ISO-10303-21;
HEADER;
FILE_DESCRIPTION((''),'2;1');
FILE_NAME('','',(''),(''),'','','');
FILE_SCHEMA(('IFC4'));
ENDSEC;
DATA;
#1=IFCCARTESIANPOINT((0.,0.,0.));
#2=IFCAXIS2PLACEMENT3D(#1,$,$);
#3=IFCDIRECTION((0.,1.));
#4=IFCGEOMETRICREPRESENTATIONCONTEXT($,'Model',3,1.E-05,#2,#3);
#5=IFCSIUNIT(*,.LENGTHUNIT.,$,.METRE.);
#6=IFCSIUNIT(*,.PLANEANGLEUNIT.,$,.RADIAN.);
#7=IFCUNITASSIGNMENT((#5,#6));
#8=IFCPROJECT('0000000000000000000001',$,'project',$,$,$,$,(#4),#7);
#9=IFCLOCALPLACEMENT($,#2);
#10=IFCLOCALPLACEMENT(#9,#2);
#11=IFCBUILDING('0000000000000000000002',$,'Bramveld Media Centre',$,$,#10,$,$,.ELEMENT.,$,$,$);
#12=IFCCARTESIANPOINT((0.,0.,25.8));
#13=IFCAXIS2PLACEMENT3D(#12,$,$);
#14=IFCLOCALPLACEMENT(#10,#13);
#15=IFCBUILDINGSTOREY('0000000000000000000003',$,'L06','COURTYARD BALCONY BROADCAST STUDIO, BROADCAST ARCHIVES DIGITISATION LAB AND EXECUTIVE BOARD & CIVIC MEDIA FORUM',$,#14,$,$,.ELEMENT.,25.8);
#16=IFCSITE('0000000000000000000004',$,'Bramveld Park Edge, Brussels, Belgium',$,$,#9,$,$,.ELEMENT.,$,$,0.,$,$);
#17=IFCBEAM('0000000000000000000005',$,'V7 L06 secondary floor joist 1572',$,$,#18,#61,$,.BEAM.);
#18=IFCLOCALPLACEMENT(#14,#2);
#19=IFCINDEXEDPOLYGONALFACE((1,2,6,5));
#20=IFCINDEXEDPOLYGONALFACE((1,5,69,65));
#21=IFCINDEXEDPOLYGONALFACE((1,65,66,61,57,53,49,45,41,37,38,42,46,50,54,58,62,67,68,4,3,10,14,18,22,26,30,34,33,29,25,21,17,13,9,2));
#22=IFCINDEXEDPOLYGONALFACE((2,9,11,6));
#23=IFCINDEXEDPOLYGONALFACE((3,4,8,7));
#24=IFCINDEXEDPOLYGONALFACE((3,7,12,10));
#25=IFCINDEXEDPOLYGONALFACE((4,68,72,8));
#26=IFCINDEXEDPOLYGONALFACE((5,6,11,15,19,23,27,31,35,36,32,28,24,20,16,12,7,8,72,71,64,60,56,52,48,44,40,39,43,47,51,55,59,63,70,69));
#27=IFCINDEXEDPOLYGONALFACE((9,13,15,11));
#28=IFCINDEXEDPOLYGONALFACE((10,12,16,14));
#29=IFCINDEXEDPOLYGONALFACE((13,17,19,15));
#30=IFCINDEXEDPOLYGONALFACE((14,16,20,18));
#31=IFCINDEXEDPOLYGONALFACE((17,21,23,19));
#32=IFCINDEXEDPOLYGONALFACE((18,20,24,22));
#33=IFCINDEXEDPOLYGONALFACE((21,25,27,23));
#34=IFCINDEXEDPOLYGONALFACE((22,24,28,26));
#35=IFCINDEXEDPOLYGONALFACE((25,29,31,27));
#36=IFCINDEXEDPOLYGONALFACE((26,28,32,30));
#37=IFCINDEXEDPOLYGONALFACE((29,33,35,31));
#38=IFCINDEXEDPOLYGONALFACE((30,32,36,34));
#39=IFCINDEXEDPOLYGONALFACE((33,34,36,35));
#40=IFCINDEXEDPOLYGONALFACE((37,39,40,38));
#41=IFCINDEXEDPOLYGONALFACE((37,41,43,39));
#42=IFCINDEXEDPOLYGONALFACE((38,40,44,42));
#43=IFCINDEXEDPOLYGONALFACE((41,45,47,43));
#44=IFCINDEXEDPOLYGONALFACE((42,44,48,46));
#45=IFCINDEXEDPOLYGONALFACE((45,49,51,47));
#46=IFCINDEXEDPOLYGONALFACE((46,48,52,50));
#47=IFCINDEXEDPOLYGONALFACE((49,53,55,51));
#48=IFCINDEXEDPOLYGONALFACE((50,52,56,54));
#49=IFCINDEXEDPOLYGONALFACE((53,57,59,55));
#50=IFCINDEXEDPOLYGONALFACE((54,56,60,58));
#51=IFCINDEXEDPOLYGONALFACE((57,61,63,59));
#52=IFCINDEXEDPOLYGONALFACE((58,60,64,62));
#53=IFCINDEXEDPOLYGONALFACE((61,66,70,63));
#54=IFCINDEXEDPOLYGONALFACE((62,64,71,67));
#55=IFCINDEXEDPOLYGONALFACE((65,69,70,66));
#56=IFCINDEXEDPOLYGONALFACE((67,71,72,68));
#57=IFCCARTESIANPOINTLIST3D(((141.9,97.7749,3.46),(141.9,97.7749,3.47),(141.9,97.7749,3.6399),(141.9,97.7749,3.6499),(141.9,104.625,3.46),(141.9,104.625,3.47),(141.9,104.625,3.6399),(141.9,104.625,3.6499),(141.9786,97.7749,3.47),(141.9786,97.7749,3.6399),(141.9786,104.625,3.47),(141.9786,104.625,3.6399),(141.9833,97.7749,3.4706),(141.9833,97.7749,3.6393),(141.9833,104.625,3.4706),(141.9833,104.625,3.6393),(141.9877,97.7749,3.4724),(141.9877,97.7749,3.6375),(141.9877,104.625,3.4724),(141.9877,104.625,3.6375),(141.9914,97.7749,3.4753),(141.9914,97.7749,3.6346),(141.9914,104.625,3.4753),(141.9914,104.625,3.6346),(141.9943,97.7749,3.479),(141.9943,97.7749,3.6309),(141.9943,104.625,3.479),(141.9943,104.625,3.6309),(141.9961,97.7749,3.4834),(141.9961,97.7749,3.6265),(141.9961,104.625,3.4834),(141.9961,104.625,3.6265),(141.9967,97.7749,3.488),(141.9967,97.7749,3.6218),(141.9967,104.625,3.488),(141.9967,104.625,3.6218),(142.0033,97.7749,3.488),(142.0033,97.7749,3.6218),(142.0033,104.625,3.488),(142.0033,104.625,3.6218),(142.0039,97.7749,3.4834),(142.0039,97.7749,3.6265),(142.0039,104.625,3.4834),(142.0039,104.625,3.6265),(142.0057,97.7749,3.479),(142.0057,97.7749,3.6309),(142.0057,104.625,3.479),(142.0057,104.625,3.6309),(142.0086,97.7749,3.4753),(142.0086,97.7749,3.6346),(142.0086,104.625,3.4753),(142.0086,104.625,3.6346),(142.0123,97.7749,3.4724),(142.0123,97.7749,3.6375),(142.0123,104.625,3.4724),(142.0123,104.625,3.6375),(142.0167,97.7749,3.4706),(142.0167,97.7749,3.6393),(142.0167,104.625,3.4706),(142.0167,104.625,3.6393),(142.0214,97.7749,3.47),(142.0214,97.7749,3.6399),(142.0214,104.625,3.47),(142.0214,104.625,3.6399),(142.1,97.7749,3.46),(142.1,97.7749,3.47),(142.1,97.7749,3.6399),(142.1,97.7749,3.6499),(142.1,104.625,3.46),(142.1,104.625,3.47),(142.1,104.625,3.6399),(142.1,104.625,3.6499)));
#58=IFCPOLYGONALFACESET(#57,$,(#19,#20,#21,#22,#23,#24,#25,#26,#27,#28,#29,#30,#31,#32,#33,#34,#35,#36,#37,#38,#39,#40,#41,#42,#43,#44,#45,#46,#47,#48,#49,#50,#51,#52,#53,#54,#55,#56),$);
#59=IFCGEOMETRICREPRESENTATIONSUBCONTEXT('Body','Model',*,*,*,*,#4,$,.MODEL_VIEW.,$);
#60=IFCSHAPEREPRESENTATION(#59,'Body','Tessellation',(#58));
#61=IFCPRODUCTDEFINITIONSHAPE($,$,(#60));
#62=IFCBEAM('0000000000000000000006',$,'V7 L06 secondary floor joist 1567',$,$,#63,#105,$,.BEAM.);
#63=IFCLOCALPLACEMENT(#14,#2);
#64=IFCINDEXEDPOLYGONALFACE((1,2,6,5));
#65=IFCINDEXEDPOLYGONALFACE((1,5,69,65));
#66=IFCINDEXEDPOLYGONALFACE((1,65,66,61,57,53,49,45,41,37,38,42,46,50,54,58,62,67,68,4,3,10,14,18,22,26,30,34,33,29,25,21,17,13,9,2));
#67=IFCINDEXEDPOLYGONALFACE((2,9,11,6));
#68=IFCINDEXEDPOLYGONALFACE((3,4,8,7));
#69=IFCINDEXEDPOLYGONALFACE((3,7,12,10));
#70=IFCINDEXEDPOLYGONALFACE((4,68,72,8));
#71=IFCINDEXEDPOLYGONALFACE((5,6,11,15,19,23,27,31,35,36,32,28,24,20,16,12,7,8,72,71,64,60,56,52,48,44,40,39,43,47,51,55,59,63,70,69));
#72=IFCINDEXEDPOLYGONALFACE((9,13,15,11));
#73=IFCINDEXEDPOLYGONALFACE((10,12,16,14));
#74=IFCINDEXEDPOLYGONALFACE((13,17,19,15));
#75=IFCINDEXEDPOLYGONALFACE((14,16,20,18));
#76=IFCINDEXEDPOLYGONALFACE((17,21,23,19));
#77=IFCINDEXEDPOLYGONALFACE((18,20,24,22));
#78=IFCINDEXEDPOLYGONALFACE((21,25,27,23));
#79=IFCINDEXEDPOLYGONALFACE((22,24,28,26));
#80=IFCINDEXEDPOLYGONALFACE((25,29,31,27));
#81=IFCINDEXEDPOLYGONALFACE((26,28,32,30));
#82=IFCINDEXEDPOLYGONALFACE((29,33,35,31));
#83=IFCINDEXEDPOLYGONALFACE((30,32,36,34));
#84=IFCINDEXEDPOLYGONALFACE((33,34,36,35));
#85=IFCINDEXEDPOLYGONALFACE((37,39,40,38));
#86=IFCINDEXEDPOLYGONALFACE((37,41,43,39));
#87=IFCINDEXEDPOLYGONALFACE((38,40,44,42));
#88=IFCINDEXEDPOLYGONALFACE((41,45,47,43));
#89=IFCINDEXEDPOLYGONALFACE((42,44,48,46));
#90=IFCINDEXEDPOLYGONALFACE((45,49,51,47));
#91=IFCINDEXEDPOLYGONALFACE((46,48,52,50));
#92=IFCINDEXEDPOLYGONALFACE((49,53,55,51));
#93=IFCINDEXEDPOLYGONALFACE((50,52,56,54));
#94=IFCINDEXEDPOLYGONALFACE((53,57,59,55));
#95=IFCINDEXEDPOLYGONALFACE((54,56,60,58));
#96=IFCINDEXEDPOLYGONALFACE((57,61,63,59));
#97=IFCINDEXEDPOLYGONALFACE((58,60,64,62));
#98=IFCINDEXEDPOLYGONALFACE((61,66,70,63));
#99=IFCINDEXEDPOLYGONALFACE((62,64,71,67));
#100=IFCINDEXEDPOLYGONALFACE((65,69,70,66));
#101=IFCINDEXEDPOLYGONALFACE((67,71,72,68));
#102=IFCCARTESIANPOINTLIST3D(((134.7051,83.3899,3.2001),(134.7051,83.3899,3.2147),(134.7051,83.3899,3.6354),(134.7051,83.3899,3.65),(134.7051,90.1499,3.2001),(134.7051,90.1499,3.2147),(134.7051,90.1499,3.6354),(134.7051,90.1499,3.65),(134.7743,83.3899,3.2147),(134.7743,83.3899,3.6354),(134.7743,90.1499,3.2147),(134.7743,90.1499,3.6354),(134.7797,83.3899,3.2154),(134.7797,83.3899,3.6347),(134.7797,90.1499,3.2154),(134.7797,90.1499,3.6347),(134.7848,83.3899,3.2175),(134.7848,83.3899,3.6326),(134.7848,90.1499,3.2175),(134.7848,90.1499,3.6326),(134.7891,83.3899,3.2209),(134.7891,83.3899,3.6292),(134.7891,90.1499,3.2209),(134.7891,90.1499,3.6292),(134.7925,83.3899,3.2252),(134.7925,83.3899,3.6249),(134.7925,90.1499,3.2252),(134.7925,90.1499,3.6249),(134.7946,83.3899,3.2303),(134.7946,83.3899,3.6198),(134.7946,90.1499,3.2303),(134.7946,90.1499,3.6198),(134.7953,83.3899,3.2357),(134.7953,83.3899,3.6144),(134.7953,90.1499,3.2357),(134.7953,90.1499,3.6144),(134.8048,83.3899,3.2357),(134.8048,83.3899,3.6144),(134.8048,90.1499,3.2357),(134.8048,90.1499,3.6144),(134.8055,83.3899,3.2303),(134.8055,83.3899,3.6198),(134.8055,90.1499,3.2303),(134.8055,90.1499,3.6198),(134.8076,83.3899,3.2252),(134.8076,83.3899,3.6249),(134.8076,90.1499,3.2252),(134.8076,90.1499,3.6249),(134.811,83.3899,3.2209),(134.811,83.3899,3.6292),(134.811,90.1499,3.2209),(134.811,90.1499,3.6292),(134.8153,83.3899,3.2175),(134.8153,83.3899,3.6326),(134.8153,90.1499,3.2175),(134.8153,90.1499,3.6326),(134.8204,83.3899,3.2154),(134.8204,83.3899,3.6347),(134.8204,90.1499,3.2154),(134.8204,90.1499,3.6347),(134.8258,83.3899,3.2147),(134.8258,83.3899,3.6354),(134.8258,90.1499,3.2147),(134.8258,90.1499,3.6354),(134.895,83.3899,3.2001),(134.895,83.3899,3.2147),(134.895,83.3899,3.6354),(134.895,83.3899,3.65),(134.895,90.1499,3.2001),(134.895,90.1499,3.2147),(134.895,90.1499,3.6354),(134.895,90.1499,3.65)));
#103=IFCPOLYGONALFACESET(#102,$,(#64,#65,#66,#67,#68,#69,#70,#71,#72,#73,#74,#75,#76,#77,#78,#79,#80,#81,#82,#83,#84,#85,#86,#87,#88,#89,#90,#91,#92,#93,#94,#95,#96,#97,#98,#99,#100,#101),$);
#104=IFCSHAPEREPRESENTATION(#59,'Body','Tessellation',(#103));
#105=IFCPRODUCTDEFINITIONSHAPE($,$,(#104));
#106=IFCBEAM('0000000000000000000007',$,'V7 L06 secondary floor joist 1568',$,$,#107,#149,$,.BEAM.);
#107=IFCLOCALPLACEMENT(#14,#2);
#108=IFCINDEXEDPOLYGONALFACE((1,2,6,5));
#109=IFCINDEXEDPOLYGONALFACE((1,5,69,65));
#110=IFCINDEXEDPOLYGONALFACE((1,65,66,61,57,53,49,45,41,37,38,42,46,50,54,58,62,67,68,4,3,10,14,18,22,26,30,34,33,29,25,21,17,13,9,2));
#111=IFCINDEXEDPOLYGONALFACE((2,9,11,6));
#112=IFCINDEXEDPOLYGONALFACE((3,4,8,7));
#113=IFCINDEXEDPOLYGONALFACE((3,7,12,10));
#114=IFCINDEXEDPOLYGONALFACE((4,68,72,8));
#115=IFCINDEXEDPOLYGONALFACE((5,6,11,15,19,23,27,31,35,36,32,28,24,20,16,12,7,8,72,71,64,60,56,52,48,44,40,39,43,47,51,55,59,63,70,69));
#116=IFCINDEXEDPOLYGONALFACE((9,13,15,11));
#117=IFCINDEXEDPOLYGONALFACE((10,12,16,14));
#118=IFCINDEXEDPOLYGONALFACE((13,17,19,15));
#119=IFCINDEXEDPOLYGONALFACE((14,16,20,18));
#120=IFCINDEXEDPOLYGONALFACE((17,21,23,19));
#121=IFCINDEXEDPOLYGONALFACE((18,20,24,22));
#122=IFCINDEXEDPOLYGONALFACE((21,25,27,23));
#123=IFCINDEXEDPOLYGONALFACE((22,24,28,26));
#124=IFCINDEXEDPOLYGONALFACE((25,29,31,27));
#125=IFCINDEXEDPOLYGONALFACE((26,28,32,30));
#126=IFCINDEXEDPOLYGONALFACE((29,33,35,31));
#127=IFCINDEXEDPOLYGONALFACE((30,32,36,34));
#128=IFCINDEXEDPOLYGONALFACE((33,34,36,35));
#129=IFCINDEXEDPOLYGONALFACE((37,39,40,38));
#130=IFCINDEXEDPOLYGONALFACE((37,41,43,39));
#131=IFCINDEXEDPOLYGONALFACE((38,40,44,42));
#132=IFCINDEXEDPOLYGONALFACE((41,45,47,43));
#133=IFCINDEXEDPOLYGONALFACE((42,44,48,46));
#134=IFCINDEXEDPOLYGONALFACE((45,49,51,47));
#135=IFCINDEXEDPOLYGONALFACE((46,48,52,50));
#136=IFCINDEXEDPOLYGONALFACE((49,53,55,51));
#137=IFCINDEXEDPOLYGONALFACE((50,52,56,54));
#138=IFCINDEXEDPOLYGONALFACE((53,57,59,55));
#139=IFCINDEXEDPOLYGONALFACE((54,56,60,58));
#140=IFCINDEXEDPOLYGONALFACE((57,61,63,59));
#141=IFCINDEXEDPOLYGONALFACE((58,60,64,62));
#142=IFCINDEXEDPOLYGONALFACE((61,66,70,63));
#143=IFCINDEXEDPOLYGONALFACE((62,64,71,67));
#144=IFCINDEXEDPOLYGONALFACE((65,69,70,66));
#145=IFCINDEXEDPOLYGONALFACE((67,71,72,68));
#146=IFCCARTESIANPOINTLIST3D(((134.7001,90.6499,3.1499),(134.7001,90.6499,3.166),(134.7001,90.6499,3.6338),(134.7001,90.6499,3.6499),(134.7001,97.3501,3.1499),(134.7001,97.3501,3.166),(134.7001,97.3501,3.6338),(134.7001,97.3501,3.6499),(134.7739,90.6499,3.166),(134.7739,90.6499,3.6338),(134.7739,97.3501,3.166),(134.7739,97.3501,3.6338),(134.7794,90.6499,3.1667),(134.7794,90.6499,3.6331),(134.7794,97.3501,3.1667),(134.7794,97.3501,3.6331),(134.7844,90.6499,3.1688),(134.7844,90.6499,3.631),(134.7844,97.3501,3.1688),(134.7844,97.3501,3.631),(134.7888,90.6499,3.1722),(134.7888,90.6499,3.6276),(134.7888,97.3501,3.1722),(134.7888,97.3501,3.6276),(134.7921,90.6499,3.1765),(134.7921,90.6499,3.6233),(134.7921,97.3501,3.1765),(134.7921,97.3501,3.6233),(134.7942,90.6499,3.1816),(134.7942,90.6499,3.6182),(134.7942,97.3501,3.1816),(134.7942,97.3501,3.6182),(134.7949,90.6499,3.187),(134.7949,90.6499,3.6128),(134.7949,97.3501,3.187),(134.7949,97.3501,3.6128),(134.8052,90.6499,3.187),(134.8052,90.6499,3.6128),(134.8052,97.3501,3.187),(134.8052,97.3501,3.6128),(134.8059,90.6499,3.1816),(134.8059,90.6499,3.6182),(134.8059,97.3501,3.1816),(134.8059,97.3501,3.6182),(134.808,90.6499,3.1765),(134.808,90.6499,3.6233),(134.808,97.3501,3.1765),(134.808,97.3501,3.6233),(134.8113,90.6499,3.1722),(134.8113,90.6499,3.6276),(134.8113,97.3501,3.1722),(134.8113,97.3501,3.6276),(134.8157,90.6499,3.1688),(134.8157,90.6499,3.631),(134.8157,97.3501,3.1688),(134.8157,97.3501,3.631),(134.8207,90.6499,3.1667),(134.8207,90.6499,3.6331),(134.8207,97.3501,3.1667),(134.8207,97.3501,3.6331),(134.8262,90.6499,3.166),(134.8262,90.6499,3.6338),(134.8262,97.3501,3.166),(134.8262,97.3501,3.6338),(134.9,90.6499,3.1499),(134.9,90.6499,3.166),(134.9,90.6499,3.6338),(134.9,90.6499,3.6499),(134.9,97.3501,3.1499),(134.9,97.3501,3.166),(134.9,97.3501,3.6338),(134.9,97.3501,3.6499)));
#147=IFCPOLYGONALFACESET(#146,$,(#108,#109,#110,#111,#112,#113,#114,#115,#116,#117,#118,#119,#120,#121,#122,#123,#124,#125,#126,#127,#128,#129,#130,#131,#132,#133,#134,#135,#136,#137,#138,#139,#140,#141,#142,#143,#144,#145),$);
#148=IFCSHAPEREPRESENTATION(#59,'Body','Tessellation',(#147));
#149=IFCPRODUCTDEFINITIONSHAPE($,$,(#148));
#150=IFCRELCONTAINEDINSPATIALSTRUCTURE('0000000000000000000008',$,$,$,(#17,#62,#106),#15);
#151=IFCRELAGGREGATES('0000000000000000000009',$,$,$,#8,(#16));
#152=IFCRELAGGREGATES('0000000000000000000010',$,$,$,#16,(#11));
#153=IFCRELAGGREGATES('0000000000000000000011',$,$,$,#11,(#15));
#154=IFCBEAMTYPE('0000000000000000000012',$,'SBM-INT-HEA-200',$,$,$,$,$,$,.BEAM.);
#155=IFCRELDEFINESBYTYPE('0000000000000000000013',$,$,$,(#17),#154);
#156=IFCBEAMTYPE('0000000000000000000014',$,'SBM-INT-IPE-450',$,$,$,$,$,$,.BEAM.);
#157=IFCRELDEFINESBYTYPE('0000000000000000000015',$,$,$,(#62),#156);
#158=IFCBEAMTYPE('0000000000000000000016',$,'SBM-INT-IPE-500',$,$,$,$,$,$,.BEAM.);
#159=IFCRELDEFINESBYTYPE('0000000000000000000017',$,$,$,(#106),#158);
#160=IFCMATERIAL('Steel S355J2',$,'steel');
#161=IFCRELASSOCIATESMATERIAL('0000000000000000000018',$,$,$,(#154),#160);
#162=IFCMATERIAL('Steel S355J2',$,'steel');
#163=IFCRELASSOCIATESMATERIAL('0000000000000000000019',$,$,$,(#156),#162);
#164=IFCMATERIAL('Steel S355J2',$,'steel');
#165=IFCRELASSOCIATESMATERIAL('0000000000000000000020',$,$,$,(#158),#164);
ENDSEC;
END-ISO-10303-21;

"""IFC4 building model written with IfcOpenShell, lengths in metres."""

from ifc_helpers import new_model, si_unit, direction, frame, origin, origin_2d, place, context, subcontext, project, spatial, i_section, extrude, material, material_profile, profile_set, type_object, element, save


model = new_model("IFC4")

# Units and contexts
model_context = context("Model", 3, precision=1e-05, world=origin(), true_north=direction((0.0, 1.0)))
body_context = subcontext(model_context, "Body", "Model", "MODEL_VIEW")
ifc_project = project(units=[si_unit("LENGTHUNIT", "METRE"), si_unit("PLANEANGLEUNIT", "RADIAN")], contexts=[model_context])

# Site, building, storey
site_placement = place(None, origin())
site = spatial("IfcSite", under=ifc_project, at=site_placement, Name="Bramveld Park Edge, Brussels, Belgium", CompositionType="ELEMENT", RefElevation=0.0)
building_placement = place(site_placement, origin())
building = spatial("IfcBuilding", under=site, at=building_placement, Name="Bramveld Media Centre", CompositionType="ELEMENT")
storey_placement = place(building_placement, frame((0.0, 0.0, 25.8)))
storey = spatial("IfcBuildingStorey", under=building, at=storey_placement, Name="L06", Description="COURTYARD BALCONY BROADCAST STUDIO, BROADCAST ARCHIVES DIGITISATION LAB AND EXECUTIVE BOARD & CIVIC MEDIA FORUM", CompositionType="ELEMENT", Elevation=25.8)

# Beams
ifc_material_1 = material(Name="Steel S355J2", Category="steel")
ifc_material_profile_1 = material_profile(ifc_material_1, i_section(OverallWidth=0.2, OverallDepth=0.1899, WebThickness=0.0066, FlangeThickness=0.01, FilletRadius=0.0181, at=origin_2d()), Name="HEA 200")
ifc_profile_set_1 = profile_set([ifc_material_profile_1], Name="Steel S355J2")
beam_type_1 = type_object("IfcBeamType", Name="SBM-INT-HEA-200", PredefinedType="BEAM", material=ifc_profile_set_1)
beam_1_placement = place(storey_placement, frame((142.0, 97.7749, 3.5549), z_axis=(0.0, 1.0, 0.0), x_axis=(-1.0, 0.0, 0.0)))
element("IfcBeam", 1, at=beam_1_placement, inside=storey, type_object=beam_type_1, Name="V7 L06 secondary floor joist 1572", PredefinedType="BEAM", context=body_context, shape_type="SweptSolid", body=[
    extrude(i_section(OverallWidth=0.2, OverallDepth=0.1899, WebThickness=0.0066, FlangeThickness=0.01, FilletRadius=0.0181, at=origin_2d()), origin(), (0.0, 0.0, 1.0), 6.8501),
])
ifc_material_2 = material(Name="Steel S355J2", Category="steel")
ifc_material_profile_2 = material_profile(ifc_material_2, i_section(OverallWidth=0.1899, OverallDepth=0.45, WebThickness=0.0095, FlangeThickness=0.0146, FilletRadius=0.021, at=origin_2d()), Name="IPE 450")
ifc_profile_set_2 = profile_set([ifc_material_profile_2], Name="Steel S355J2")
beam_type_2 = type_object("IfcBeamType", Name="SBM-INT-IPE-450", PredefinedType="BEAM", material=ifc_profile_set_2)
beam_2_placement = place(storey_placement, frame((134.8, 83.3899, 3.425), z_axis=(0.0, 1.0, 0.0), x_axis=(-1.0, 0.0, 0.0)))
element("IfcBeam", 2, at=beam_2_placement, inside=storey, type_object=beam_type_2, Name="V7 L06 secondary floor joist 1567", PredefinedType="BEAM", context=body_context, shape_type="SweptSolid", body=[
    extrude(i_section(OverallWidth=0.1899, OverallDepth=0.45, WebThickness=0.0095, FlangeThickness=0.0146, FilletRadius=0.021, at=origin_2d()), origin(), (0.0, 0.0, 1.0), 6.76),
])
ifc_material_3 = material(Name="Steel S355J2", Category="steel")
ifc_material_profile_3 = material_profile(ifc_material_3, i_section(OverallWidth=0.2, OverallDepth=0.5, WebThickness=0.0103, FlangeThickness=0.0161, FilletRadius=0.021, at=origin_2d()), Name="IPE 500")
ifc_profile_set_3 = profile_set([ifc_material_profile_3], Name="Steel S355J2")
beam_type_3 = type_object("IfcBeamType", Name="SBM-INT-IPE-500", PredefinedType="BEAM", material=ifc_profile_set_3)
beam_3_placement = place(storey_placement, frame((134.8, 90.6499, 3.3999), z_axis=(0.0, 1.0, 0.0), x_axis=(-1.0, 0.0, 0.0)))
element("IfcBeam", 3, at=beam_3_placement, inside=storey, type_object=beam_type_3, Name="V7 L06 secondary floor joist 1568", PredefinedType="BEAM", context=body_context, shape_type="SweptSolid", body=[
    extrude(i_section(OverallWidth=0.2, OverallDepth=0.5, WebThickness=0.0103, FlangeThickness=0.0161, FilletRadius=0.021, at=origin_2d()), origin(), (0.0, 0.0, 1.0), 6.7002),
])

save(model, "model.ifc")
